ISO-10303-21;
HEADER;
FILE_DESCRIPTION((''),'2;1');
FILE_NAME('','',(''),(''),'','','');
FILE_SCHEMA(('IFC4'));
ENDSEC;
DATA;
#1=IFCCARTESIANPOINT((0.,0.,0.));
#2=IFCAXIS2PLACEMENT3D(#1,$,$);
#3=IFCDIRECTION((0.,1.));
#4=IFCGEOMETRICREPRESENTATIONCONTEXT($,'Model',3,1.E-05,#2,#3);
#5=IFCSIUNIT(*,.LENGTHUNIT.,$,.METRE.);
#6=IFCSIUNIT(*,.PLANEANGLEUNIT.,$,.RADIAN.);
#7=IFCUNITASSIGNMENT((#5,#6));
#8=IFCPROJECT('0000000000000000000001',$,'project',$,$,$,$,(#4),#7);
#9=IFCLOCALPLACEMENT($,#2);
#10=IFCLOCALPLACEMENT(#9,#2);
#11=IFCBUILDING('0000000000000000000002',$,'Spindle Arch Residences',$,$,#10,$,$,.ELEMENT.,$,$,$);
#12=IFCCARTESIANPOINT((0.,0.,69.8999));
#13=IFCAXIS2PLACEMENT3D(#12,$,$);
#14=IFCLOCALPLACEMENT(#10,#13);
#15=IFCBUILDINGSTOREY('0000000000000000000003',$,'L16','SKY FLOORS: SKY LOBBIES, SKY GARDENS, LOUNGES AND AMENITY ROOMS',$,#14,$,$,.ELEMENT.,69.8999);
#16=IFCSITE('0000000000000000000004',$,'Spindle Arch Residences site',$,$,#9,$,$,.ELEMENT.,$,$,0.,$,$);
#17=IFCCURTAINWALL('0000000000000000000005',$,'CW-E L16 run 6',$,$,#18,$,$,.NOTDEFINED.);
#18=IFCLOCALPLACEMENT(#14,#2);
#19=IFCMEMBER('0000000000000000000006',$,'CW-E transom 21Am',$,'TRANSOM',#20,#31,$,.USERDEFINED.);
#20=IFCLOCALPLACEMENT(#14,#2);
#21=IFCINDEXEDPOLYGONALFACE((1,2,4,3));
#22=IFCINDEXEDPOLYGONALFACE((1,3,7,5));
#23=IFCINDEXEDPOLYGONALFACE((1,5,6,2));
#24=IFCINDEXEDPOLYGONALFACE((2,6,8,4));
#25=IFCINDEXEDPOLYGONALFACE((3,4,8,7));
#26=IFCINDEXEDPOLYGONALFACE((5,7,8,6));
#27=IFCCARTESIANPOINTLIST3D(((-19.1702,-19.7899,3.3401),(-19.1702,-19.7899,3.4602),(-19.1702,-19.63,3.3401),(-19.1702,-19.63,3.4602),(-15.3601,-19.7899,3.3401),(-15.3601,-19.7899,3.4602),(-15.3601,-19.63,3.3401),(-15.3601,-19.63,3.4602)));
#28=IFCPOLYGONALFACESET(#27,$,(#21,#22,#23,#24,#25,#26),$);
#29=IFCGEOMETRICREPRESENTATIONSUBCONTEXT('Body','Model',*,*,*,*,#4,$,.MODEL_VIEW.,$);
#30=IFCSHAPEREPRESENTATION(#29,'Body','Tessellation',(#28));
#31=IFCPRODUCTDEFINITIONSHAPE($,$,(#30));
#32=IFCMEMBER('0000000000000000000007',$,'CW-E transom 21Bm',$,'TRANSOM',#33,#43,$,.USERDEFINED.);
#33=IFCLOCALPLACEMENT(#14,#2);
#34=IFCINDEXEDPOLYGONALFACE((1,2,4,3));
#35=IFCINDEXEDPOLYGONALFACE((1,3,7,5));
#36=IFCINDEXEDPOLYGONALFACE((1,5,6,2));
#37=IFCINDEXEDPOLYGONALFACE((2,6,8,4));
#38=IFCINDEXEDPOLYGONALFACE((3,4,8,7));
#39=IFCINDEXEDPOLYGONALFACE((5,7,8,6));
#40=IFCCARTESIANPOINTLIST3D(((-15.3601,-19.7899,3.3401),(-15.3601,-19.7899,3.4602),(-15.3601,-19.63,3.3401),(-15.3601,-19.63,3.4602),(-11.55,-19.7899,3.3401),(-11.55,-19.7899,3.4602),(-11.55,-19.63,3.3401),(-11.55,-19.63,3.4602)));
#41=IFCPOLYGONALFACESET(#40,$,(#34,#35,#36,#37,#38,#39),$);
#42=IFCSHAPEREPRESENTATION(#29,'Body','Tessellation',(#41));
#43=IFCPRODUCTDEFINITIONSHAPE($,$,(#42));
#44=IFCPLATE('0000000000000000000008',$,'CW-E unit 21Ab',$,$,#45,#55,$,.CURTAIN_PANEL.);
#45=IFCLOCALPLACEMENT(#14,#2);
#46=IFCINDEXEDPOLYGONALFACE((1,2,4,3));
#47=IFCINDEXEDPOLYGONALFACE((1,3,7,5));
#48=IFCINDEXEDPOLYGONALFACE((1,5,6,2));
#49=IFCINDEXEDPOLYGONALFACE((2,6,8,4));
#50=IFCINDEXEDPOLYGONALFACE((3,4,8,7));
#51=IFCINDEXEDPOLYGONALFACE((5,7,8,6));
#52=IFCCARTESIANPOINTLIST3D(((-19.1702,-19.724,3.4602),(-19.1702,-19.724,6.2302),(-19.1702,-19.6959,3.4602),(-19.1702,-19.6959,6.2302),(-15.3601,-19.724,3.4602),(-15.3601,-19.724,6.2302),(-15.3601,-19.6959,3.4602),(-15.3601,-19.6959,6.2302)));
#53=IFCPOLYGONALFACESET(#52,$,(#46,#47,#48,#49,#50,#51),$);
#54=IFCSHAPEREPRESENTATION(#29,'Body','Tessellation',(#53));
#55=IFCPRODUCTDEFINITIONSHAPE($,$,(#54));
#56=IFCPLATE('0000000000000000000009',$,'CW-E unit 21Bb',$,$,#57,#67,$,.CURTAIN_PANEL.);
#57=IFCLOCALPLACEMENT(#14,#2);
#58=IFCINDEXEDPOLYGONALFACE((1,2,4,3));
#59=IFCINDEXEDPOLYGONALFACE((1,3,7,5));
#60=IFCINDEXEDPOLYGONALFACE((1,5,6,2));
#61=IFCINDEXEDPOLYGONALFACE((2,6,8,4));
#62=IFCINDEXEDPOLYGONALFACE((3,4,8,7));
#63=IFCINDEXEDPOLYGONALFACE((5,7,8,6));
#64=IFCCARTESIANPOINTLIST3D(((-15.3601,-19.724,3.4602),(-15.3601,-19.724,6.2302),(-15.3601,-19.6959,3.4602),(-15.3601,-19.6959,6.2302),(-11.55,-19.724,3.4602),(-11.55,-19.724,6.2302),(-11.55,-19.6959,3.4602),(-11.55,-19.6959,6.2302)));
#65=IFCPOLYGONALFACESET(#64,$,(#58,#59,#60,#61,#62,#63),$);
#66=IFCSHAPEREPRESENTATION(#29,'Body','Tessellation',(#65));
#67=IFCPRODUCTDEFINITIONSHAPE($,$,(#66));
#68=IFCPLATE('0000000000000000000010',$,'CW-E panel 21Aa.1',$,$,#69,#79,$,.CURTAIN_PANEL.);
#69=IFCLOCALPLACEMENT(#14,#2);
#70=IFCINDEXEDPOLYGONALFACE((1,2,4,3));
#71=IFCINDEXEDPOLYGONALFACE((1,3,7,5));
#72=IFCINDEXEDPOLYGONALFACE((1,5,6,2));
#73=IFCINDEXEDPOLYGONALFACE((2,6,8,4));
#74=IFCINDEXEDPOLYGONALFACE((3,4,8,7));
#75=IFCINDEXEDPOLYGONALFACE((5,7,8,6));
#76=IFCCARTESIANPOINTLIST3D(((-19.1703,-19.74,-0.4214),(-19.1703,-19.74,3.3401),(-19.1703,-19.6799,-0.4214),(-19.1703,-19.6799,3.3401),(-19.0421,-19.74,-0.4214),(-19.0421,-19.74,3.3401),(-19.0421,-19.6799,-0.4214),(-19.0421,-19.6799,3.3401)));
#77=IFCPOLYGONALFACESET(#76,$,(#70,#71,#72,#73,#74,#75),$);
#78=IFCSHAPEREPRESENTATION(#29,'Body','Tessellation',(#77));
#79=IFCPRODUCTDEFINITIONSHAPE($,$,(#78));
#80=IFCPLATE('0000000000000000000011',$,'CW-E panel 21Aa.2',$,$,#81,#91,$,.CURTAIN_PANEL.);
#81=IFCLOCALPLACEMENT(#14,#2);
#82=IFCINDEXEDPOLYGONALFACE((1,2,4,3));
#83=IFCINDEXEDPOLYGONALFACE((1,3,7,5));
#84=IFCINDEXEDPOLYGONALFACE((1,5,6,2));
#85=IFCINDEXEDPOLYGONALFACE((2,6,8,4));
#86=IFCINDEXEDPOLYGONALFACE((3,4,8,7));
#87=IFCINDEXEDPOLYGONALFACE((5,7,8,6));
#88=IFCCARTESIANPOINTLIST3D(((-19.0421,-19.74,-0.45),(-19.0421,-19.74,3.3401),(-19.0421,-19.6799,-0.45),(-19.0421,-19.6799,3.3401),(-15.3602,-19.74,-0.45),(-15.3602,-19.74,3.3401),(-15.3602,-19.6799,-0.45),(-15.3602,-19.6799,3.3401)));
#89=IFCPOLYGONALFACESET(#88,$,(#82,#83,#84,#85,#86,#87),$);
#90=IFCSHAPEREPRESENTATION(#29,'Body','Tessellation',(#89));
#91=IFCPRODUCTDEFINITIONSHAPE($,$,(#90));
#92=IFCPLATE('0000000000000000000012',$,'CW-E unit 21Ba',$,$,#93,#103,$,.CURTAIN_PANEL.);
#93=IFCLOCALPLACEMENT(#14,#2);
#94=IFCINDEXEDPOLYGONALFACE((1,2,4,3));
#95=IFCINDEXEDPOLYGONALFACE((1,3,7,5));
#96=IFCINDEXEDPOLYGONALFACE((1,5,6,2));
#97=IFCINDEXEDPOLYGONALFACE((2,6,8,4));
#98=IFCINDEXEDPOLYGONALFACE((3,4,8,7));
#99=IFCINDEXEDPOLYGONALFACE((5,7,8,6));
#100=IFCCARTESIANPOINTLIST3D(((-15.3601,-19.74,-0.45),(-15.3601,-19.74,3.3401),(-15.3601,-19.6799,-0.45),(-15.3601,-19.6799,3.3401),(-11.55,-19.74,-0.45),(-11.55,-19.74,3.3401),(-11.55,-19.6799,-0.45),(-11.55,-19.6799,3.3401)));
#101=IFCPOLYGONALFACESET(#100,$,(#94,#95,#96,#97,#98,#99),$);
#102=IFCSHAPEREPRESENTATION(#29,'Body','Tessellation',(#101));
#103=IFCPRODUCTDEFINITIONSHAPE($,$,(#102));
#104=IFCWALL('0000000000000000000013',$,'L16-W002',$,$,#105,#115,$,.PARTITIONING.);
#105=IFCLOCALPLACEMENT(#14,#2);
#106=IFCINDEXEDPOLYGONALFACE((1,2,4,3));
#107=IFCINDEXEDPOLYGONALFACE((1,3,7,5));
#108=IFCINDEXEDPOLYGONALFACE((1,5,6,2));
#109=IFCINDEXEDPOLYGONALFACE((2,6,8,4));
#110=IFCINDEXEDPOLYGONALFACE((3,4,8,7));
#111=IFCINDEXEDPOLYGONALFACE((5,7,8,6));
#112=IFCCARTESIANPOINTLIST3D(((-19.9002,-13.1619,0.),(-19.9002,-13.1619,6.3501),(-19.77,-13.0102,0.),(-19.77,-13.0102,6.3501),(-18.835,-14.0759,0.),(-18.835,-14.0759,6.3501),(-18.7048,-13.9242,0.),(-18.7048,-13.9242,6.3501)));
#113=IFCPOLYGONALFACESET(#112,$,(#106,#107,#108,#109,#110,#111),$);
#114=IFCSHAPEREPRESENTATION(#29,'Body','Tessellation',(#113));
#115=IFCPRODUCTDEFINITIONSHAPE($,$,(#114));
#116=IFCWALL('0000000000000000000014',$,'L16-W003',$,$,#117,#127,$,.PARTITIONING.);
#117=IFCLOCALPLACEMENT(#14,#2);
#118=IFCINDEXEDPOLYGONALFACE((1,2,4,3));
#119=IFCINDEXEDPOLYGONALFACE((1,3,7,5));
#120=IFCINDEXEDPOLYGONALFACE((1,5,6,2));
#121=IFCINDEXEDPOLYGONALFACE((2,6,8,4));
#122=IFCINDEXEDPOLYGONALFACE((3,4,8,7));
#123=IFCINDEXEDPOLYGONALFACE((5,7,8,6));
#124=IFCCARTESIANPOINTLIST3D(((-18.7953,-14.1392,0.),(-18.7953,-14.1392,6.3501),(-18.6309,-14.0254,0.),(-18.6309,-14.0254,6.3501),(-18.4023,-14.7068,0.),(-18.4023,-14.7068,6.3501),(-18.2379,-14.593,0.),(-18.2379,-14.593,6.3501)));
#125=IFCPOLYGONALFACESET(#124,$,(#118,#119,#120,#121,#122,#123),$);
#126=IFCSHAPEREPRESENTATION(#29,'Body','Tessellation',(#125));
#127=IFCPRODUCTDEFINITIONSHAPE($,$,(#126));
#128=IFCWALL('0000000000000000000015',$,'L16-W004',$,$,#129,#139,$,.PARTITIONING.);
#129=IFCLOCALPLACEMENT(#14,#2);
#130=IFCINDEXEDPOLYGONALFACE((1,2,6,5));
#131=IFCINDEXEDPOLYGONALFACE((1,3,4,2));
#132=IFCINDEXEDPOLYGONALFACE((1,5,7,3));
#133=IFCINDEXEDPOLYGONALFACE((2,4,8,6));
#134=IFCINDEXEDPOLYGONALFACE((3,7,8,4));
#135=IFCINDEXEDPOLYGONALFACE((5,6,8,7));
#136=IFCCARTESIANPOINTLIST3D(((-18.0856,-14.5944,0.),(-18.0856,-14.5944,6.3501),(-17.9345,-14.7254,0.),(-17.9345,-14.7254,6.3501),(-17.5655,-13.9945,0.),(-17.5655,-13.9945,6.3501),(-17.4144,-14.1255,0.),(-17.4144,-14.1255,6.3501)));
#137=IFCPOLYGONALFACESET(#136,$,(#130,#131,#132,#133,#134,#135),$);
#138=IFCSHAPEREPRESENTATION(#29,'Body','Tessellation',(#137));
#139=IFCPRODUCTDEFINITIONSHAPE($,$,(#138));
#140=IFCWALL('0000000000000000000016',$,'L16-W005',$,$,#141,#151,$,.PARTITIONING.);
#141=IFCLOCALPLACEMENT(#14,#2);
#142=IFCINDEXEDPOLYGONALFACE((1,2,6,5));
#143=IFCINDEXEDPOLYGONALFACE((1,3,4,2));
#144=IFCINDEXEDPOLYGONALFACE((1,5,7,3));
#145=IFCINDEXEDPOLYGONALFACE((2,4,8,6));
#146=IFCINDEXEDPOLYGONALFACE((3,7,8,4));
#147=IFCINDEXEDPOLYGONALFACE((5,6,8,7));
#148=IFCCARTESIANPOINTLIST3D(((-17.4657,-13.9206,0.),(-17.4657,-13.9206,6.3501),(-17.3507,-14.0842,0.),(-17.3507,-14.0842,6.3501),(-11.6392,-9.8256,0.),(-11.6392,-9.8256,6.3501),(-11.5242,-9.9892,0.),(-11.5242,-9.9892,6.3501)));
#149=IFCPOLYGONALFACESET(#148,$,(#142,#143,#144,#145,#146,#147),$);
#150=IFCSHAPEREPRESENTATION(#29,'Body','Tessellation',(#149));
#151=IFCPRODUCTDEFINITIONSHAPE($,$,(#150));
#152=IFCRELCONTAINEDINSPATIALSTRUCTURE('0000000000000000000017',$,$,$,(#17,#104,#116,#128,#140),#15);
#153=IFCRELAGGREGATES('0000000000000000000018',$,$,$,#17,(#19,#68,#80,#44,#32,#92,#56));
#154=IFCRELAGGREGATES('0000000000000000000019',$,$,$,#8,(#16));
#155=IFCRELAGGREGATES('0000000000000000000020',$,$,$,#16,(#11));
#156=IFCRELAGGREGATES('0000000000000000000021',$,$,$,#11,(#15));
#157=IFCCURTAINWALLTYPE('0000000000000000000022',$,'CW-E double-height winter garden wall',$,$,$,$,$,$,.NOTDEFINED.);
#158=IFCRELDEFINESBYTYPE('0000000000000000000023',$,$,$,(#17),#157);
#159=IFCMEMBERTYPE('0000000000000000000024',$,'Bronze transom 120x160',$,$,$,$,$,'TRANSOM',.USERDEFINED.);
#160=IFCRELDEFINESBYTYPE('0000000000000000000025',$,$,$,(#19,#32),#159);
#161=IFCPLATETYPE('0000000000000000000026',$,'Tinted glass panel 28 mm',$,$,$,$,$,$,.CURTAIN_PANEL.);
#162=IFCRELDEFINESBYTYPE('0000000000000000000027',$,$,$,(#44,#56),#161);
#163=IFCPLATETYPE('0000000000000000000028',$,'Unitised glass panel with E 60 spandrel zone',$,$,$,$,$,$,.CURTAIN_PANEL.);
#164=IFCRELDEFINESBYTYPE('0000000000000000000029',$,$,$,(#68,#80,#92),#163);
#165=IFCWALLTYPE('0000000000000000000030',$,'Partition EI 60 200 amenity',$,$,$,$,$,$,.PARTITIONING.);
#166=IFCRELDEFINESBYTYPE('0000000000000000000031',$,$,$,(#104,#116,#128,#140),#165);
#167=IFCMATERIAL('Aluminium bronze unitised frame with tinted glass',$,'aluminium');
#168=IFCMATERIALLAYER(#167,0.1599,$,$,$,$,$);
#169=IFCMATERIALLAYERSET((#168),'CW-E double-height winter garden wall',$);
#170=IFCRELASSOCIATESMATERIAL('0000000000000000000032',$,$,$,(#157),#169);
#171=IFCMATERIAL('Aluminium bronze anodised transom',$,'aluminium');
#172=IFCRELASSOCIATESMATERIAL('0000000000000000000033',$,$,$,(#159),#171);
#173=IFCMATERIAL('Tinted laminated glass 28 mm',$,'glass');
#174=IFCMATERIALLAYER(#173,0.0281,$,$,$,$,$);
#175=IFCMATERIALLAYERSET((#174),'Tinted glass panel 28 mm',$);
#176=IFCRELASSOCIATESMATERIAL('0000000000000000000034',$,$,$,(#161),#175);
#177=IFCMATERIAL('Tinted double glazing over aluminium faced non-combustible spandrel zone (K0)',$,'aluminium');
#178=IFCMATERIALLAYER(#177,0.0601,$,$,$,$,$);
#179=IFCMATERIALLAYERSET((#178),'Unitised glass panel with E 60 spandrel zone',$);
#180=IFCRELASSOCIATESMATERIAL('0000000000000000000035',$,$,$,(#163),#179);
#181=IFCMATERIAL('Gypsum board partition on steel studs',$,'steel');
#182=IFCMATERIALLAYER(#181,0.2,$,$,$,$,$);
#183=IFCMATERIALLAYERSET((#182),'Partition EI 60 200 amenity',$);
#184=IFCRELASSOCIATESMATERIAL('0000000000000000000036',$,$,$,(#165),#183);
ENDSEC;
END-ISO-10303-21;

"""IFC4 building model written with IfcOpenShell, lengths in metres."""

from ifc_helpers import new_model, si_unit, direction, frame, frame_2d, origin, origin_2d, place, context, subcontext, project, spatial, rectangle, extrude, material, layer, layer_set, material_profile, profile_set, type_object, element, aggregate, save


model = new_model("IFC4")

# Units and contexts
model_context = context("Model", 3, precision=1e-05, world=origin(), true_north=direction((0.0, 1.0)))
body_context = subcontext(model_context, "Body", "Model", "MODEL_VIEW")
ifc_project = project(units=[si_unit("LENGTHUNIT", "METRE"), si_unit("PLANEANGLEUNIT", "RADIAN")], contexts=[model_context])

# Site, building, storey
site_placement = place(None, origin())
site = spatial("IfcSite", under=ifc_project, at=site_placement, Name="Spindle Arch Residences site", CompositionType="ELEMENT", RefElevation=0.0)
building_placement = place(site_placement, origin())
building = spatial("IfcBuilding", under=site, at=building_placement, Name="Spindle Arch Residences", CompositionType="ELEMENT")
storey_placement = place(building_placement, frame((0.0, 0.0, 69.8999)))
storey = spatial("IfcBuildingStorey", under=building, at=storey_placement, Name="L16", Description="SKY FLOORS: SKY LOBBIES, SKY GARDENS, LOUNGES AND AMENITY ROOMS", CompositionType="ELEMENT", Elevation=69.8999)

# Curtain wall, members, plates
ifc_material_1 = material(Name="Aluminium bronze unitised frame with tinted glass", Category="aluminium")
ifc_layer_1 = layer(ifc_material_1, 0.1599)
ifc_layer_set_1 = layer_set([ifc_layer_1], Name="CW-E double-height winter garden wall")
curtain_wall_type = type_object("IfcCurtainWallType", Name="CW-E double-height winter garden wall", PredefinedType="NOTDEFINED", material=ifc_layer_set_1)
curtain_wall_placement = place(storey_placement, origin())
curtain_wall = element("IfcCurtainWall", 1, at=curtain_wall_placement, inside=storey, type_object=curtain_wall_type, Name="CW-E L16 run 6", PredefinedType="NOTDEFINED")
ifc_material_2 = material(Name="Aluminium bronze anodised transom", Category="aluminium")
ifc_material_profile_1 = material_profile(ifc_material_2, rectangle(XDim=0.1599, YDim=0.1201, at=origin_2d()), Name="TR 120x160")
ifc_profile_set_1 = profile_set([ifc_material_profile_1], Name="Aluminium bronze anodised transom")
member_type_1 = type_object("IfcMemberType", Name="Bronze transom 120x160", ElementType="TRANSOM", PredefinedType="USERDEFINED", material=ifc_profile_set_1)
member_1_placement = place(storey_placement, frame((-19.1702, -19.71, 3.4001), z_axis=(1.0, 0.0, 0.0), x_axis=(0.0, 1.0, 0.0)))
member_1 = element("IfcMember", 2, at=member_1_placement, type_object=member_type_1, Name="CW-E transom 21Am", ObjectType="TRANSOM", PredefinedType="USERDEFINED", context=body_context, shape_type="SweptSolid", body=[
    extrude(rectangle(XDim=0.1599, YDim=0.1201, at=origin_2d()), origin(), (0.0, 0.0, 1.0), 3.8101),
])
member_2_placement = place(storey_placement, frame((-15.3601, -19.71, 3.4001), z_axis=(1.0, 0.0, 0.0), x_axis=(0.0, 1.0, 0.0)))
member_2 = element("IfcMember", 3, at=member_2_placement, type_object=member_type_1, Name="CW-E transom 21Bm", ObjectType="TRANSOM", PredefinedType="USERDEFINED", context=body_context, shape_type="SweptSolid", body=[
    extrude(rectangle(XDim=0.1599, YDim=0.1201, at=origin_2d()), origin(), (0.0, 0.0, 1.0), 3.8101),
])
ifc_material_3 = material(Name="Tinted laminated glass 28 mm", Category="glass")
ifc_layer_2 = layer(ifc_material_3, 0.0281)
ifc_layer_set_2 = layer_set([ifc_layer_2], Name="Tinted glass panel 28 mm")
plate_type_1 = type_object("IfcPlateType", Name="Tinted glass panel 28 mm", PredefinedType="CURTAIN_PANEL", material=ifc_layer_set_2)
plate_1_placement = place(storey_placement, frame((-17.2651, -19.71, 3.4602), z_axis=(0.0, 0.0, 1.0), x_axis=(1.0, 0.0, 0.0)))
plate_1 = element("IfcPlate", 4, at=plate_1_placement, type_object=plate_type_1, Name="CW-E unit 21Ab", PredefinedType="CURTAIN_PANEL", context=body_context, shape_type="SweptSolid", body=[
    extrude(rectangle(XDim=3.8101, YDim=0.0281, at=origin_2d()), origin(), (0.0, 0.0, 1.0), 2.77),
])
plate_2_placement = place(storey_placement, frame((-13.4551, -19.71, 3.4602), z_axis=(0.0, 0.0, 1.0), x_axis=(1.0, 0.0, 0.0)))
plate_2 = element("IfcPlate", 5, at=plate_2_placement, type_object=plate_type_1, Name="CW-E unit 21Bb", PredefinedType="CURTAIN_PANEL", context=body_context, shape_type="SweptSolid", body=[
    extrude(rectangle(XDim=3.8101, YDim=0.0281, at=origin_2d()), origin(), (0.0, 0.0, 1.0), 2.77),
])
ifc_material_4 = material(Name="Tinted double glazing over aluminium faced non-combustible spandrel zone (K0)", Category="aluminium")
ifc_layer_3 = layer(ifc_material_4, 0.0601)
ifc_layer_set_3 = layer_set([ifc_layer_3], Name="Unitised glass panel with E 60 spandrel zone")
plate_type_2 = type_object("IfcPlateType", Name="Unitised glass panel with E 60 spandrel zone", PredefinedType="CURTAIN_PANEL", material=ifc_layer_set_3)
plate_3_placement = place(storey_placement, frame((-19.1062, -19.71, -0.4214), z_axis=(0.0, 0.0, 1.0), x_axis=(1.0, 0.0, 0.0)))
plate_3 = element("IfcPlate", 6, at=plate_3_placement, type_object=plate_type_2, Name="CW-E panel 21Aa.1", PredefinedType="CURTAIN_PANEL", context=body_context, shape_type="SweptSolid", body=[
    extrude(rectangle(XDim=0.1282, YDim=0.0601, at=origin_2d()), origin(), (0.0, 0.0, 1.0), 3.7615),
])
plate_4_placement = place(storey_placement, frame((-17.2012, -19.71, -0.45), z_axis=(0.0, 0.0, 1.0), x_axis=(1.0, 0.0, 0.0)))
plate_4 = element("IfcPlate", 7, at=plate_4_placement, type_object=plate_type_2, Name="CW-E panel 21Aa.2", PredefinedType="CURTAIN_PANEL", context=body_context, shape_type="SweptSolid", body=[
    extrude(rectangle(XDim=3.6819, YDim=0.0601, at=origin_2d()), origin(), (0.0, 0.0, 1.0), 3.79),
])
plate_5_placement = place(storey_placement, frame((-13.4551, -19.71, -0.45), z_axis=(0.0, 0.0, 1.0), x_axis=(1.0, 0.0, 0.0)))
plate_5 = element("IfcPlate", 8, at=plate_5_placement, type_object=plate_type_2, Name="CW-E unit 21Ba", PredefinedType="CURTAIN_PANEL", context=body_context, shape_type="SweptSolid", body=[
    extrude(rectangle(XDim=3.8101, YDim=0.0601, at=origin_2d()), origin(), (0.0, 0.0, 1.0), 3.79),
])
aggregate(curtain_wall, [member_1, plate_3, plate_4, plate_1, member_2, plate_5, plate_2])

# Walls
ifc_material_5 = material(Name="Gypsum board partition on steel studs", Category="steel")
ifc_layer_4 = layer(ifc_material_5, 0.2)
ifc_layer_set_4 = layer_set([ifc_layer_4], Name="Partition EI 60 200 amenity")
wall_type = type_object("IfcWallType", Name="Partition EI 60 200 amenity", PredefinedType="PARTITIONING", material=ifc_layer_set_4)
wall_1_placement = place(storey_placement, frame((-18.77, -14.0, 0.0), z_axis=(0.0, 0.0, 1.0), x_axis=(-0.758888, 0.651221, 0.0)))
element("IfcWall", 9, at=wall_1_placement, inside=storey, type_object=wall_type, Name="L16-W002", PredefinedType="PARTITIONING", context=body_context, shape_type="SweptSolid", body=[
    extrude(rectangle(XDim=1.4036, YDim=0.2, at=frame_2d((0.7017, 0.0))), origin(), (0.0, 0.0, 1.0), 6.3501),
])
wall_2_placement = place(storey_placement, frame((-18.7131, -14.0823, 0.0), z_axis=(0.0, 0.0, 1.0), x_axis=(0.569302, -0.822129, 0.0)))
element("IfcWall", 10, at=wall_2_placement, inside=storey, type_object=wall_type, Name="L16-W003", PredefinedType="PARTITIONING", context=body_context, shape_type="SweptSolid", body=[
    extrude(rectangle(XDim=0.6904, YDim=0.2, at=frame_2d((0.3452, 0.0))), origin(), (0.0, 0.0, 1.0), 6.3501),
])
wall_3_placement = place(storey_placement, frame((-18.01, -14.6599, 0.0), z_axis=(0.0, 0.0, 1.0), x_axis=(0.655036, 0.755598, 0.0)))
element("IfcWall", 11, at=wall_3_placement, inside=storey, type_object=wall_type, Name="L16-W004", PredefinedType="PARTITIONING", context=body_context, shape_type="SweptSolid", body=[
    extrude(rectangle(XDim=0.7939, YDim=0.2, at=frame_2d((0.397, 0.0))), origin(), (0.0, 0.0, 1.0), 6.3501),
])
wall_4_placement = place(storey_placement, frame((-17.4082, -14.0024, 0.0), z_axis=(0.0, 0.0, 1.0), x_axis=(0.818143, 0.575014, 0.0)))
element("IfcWall", 12, at=wall_4_placement, inside=storey, type_object=wall_type, Name="L16-W005", PredefinedType="PARTITIONING", context=body_context, shape_type="SweptSolid", body=[
    extrude(rectangle(XDim=7.1216, YDim=0.2, at=frame_2d((3.5608, 0.0))), origin(), (0.0, 0.0, 1.0), 6.3501),
])

save(model, "model.ifc")
